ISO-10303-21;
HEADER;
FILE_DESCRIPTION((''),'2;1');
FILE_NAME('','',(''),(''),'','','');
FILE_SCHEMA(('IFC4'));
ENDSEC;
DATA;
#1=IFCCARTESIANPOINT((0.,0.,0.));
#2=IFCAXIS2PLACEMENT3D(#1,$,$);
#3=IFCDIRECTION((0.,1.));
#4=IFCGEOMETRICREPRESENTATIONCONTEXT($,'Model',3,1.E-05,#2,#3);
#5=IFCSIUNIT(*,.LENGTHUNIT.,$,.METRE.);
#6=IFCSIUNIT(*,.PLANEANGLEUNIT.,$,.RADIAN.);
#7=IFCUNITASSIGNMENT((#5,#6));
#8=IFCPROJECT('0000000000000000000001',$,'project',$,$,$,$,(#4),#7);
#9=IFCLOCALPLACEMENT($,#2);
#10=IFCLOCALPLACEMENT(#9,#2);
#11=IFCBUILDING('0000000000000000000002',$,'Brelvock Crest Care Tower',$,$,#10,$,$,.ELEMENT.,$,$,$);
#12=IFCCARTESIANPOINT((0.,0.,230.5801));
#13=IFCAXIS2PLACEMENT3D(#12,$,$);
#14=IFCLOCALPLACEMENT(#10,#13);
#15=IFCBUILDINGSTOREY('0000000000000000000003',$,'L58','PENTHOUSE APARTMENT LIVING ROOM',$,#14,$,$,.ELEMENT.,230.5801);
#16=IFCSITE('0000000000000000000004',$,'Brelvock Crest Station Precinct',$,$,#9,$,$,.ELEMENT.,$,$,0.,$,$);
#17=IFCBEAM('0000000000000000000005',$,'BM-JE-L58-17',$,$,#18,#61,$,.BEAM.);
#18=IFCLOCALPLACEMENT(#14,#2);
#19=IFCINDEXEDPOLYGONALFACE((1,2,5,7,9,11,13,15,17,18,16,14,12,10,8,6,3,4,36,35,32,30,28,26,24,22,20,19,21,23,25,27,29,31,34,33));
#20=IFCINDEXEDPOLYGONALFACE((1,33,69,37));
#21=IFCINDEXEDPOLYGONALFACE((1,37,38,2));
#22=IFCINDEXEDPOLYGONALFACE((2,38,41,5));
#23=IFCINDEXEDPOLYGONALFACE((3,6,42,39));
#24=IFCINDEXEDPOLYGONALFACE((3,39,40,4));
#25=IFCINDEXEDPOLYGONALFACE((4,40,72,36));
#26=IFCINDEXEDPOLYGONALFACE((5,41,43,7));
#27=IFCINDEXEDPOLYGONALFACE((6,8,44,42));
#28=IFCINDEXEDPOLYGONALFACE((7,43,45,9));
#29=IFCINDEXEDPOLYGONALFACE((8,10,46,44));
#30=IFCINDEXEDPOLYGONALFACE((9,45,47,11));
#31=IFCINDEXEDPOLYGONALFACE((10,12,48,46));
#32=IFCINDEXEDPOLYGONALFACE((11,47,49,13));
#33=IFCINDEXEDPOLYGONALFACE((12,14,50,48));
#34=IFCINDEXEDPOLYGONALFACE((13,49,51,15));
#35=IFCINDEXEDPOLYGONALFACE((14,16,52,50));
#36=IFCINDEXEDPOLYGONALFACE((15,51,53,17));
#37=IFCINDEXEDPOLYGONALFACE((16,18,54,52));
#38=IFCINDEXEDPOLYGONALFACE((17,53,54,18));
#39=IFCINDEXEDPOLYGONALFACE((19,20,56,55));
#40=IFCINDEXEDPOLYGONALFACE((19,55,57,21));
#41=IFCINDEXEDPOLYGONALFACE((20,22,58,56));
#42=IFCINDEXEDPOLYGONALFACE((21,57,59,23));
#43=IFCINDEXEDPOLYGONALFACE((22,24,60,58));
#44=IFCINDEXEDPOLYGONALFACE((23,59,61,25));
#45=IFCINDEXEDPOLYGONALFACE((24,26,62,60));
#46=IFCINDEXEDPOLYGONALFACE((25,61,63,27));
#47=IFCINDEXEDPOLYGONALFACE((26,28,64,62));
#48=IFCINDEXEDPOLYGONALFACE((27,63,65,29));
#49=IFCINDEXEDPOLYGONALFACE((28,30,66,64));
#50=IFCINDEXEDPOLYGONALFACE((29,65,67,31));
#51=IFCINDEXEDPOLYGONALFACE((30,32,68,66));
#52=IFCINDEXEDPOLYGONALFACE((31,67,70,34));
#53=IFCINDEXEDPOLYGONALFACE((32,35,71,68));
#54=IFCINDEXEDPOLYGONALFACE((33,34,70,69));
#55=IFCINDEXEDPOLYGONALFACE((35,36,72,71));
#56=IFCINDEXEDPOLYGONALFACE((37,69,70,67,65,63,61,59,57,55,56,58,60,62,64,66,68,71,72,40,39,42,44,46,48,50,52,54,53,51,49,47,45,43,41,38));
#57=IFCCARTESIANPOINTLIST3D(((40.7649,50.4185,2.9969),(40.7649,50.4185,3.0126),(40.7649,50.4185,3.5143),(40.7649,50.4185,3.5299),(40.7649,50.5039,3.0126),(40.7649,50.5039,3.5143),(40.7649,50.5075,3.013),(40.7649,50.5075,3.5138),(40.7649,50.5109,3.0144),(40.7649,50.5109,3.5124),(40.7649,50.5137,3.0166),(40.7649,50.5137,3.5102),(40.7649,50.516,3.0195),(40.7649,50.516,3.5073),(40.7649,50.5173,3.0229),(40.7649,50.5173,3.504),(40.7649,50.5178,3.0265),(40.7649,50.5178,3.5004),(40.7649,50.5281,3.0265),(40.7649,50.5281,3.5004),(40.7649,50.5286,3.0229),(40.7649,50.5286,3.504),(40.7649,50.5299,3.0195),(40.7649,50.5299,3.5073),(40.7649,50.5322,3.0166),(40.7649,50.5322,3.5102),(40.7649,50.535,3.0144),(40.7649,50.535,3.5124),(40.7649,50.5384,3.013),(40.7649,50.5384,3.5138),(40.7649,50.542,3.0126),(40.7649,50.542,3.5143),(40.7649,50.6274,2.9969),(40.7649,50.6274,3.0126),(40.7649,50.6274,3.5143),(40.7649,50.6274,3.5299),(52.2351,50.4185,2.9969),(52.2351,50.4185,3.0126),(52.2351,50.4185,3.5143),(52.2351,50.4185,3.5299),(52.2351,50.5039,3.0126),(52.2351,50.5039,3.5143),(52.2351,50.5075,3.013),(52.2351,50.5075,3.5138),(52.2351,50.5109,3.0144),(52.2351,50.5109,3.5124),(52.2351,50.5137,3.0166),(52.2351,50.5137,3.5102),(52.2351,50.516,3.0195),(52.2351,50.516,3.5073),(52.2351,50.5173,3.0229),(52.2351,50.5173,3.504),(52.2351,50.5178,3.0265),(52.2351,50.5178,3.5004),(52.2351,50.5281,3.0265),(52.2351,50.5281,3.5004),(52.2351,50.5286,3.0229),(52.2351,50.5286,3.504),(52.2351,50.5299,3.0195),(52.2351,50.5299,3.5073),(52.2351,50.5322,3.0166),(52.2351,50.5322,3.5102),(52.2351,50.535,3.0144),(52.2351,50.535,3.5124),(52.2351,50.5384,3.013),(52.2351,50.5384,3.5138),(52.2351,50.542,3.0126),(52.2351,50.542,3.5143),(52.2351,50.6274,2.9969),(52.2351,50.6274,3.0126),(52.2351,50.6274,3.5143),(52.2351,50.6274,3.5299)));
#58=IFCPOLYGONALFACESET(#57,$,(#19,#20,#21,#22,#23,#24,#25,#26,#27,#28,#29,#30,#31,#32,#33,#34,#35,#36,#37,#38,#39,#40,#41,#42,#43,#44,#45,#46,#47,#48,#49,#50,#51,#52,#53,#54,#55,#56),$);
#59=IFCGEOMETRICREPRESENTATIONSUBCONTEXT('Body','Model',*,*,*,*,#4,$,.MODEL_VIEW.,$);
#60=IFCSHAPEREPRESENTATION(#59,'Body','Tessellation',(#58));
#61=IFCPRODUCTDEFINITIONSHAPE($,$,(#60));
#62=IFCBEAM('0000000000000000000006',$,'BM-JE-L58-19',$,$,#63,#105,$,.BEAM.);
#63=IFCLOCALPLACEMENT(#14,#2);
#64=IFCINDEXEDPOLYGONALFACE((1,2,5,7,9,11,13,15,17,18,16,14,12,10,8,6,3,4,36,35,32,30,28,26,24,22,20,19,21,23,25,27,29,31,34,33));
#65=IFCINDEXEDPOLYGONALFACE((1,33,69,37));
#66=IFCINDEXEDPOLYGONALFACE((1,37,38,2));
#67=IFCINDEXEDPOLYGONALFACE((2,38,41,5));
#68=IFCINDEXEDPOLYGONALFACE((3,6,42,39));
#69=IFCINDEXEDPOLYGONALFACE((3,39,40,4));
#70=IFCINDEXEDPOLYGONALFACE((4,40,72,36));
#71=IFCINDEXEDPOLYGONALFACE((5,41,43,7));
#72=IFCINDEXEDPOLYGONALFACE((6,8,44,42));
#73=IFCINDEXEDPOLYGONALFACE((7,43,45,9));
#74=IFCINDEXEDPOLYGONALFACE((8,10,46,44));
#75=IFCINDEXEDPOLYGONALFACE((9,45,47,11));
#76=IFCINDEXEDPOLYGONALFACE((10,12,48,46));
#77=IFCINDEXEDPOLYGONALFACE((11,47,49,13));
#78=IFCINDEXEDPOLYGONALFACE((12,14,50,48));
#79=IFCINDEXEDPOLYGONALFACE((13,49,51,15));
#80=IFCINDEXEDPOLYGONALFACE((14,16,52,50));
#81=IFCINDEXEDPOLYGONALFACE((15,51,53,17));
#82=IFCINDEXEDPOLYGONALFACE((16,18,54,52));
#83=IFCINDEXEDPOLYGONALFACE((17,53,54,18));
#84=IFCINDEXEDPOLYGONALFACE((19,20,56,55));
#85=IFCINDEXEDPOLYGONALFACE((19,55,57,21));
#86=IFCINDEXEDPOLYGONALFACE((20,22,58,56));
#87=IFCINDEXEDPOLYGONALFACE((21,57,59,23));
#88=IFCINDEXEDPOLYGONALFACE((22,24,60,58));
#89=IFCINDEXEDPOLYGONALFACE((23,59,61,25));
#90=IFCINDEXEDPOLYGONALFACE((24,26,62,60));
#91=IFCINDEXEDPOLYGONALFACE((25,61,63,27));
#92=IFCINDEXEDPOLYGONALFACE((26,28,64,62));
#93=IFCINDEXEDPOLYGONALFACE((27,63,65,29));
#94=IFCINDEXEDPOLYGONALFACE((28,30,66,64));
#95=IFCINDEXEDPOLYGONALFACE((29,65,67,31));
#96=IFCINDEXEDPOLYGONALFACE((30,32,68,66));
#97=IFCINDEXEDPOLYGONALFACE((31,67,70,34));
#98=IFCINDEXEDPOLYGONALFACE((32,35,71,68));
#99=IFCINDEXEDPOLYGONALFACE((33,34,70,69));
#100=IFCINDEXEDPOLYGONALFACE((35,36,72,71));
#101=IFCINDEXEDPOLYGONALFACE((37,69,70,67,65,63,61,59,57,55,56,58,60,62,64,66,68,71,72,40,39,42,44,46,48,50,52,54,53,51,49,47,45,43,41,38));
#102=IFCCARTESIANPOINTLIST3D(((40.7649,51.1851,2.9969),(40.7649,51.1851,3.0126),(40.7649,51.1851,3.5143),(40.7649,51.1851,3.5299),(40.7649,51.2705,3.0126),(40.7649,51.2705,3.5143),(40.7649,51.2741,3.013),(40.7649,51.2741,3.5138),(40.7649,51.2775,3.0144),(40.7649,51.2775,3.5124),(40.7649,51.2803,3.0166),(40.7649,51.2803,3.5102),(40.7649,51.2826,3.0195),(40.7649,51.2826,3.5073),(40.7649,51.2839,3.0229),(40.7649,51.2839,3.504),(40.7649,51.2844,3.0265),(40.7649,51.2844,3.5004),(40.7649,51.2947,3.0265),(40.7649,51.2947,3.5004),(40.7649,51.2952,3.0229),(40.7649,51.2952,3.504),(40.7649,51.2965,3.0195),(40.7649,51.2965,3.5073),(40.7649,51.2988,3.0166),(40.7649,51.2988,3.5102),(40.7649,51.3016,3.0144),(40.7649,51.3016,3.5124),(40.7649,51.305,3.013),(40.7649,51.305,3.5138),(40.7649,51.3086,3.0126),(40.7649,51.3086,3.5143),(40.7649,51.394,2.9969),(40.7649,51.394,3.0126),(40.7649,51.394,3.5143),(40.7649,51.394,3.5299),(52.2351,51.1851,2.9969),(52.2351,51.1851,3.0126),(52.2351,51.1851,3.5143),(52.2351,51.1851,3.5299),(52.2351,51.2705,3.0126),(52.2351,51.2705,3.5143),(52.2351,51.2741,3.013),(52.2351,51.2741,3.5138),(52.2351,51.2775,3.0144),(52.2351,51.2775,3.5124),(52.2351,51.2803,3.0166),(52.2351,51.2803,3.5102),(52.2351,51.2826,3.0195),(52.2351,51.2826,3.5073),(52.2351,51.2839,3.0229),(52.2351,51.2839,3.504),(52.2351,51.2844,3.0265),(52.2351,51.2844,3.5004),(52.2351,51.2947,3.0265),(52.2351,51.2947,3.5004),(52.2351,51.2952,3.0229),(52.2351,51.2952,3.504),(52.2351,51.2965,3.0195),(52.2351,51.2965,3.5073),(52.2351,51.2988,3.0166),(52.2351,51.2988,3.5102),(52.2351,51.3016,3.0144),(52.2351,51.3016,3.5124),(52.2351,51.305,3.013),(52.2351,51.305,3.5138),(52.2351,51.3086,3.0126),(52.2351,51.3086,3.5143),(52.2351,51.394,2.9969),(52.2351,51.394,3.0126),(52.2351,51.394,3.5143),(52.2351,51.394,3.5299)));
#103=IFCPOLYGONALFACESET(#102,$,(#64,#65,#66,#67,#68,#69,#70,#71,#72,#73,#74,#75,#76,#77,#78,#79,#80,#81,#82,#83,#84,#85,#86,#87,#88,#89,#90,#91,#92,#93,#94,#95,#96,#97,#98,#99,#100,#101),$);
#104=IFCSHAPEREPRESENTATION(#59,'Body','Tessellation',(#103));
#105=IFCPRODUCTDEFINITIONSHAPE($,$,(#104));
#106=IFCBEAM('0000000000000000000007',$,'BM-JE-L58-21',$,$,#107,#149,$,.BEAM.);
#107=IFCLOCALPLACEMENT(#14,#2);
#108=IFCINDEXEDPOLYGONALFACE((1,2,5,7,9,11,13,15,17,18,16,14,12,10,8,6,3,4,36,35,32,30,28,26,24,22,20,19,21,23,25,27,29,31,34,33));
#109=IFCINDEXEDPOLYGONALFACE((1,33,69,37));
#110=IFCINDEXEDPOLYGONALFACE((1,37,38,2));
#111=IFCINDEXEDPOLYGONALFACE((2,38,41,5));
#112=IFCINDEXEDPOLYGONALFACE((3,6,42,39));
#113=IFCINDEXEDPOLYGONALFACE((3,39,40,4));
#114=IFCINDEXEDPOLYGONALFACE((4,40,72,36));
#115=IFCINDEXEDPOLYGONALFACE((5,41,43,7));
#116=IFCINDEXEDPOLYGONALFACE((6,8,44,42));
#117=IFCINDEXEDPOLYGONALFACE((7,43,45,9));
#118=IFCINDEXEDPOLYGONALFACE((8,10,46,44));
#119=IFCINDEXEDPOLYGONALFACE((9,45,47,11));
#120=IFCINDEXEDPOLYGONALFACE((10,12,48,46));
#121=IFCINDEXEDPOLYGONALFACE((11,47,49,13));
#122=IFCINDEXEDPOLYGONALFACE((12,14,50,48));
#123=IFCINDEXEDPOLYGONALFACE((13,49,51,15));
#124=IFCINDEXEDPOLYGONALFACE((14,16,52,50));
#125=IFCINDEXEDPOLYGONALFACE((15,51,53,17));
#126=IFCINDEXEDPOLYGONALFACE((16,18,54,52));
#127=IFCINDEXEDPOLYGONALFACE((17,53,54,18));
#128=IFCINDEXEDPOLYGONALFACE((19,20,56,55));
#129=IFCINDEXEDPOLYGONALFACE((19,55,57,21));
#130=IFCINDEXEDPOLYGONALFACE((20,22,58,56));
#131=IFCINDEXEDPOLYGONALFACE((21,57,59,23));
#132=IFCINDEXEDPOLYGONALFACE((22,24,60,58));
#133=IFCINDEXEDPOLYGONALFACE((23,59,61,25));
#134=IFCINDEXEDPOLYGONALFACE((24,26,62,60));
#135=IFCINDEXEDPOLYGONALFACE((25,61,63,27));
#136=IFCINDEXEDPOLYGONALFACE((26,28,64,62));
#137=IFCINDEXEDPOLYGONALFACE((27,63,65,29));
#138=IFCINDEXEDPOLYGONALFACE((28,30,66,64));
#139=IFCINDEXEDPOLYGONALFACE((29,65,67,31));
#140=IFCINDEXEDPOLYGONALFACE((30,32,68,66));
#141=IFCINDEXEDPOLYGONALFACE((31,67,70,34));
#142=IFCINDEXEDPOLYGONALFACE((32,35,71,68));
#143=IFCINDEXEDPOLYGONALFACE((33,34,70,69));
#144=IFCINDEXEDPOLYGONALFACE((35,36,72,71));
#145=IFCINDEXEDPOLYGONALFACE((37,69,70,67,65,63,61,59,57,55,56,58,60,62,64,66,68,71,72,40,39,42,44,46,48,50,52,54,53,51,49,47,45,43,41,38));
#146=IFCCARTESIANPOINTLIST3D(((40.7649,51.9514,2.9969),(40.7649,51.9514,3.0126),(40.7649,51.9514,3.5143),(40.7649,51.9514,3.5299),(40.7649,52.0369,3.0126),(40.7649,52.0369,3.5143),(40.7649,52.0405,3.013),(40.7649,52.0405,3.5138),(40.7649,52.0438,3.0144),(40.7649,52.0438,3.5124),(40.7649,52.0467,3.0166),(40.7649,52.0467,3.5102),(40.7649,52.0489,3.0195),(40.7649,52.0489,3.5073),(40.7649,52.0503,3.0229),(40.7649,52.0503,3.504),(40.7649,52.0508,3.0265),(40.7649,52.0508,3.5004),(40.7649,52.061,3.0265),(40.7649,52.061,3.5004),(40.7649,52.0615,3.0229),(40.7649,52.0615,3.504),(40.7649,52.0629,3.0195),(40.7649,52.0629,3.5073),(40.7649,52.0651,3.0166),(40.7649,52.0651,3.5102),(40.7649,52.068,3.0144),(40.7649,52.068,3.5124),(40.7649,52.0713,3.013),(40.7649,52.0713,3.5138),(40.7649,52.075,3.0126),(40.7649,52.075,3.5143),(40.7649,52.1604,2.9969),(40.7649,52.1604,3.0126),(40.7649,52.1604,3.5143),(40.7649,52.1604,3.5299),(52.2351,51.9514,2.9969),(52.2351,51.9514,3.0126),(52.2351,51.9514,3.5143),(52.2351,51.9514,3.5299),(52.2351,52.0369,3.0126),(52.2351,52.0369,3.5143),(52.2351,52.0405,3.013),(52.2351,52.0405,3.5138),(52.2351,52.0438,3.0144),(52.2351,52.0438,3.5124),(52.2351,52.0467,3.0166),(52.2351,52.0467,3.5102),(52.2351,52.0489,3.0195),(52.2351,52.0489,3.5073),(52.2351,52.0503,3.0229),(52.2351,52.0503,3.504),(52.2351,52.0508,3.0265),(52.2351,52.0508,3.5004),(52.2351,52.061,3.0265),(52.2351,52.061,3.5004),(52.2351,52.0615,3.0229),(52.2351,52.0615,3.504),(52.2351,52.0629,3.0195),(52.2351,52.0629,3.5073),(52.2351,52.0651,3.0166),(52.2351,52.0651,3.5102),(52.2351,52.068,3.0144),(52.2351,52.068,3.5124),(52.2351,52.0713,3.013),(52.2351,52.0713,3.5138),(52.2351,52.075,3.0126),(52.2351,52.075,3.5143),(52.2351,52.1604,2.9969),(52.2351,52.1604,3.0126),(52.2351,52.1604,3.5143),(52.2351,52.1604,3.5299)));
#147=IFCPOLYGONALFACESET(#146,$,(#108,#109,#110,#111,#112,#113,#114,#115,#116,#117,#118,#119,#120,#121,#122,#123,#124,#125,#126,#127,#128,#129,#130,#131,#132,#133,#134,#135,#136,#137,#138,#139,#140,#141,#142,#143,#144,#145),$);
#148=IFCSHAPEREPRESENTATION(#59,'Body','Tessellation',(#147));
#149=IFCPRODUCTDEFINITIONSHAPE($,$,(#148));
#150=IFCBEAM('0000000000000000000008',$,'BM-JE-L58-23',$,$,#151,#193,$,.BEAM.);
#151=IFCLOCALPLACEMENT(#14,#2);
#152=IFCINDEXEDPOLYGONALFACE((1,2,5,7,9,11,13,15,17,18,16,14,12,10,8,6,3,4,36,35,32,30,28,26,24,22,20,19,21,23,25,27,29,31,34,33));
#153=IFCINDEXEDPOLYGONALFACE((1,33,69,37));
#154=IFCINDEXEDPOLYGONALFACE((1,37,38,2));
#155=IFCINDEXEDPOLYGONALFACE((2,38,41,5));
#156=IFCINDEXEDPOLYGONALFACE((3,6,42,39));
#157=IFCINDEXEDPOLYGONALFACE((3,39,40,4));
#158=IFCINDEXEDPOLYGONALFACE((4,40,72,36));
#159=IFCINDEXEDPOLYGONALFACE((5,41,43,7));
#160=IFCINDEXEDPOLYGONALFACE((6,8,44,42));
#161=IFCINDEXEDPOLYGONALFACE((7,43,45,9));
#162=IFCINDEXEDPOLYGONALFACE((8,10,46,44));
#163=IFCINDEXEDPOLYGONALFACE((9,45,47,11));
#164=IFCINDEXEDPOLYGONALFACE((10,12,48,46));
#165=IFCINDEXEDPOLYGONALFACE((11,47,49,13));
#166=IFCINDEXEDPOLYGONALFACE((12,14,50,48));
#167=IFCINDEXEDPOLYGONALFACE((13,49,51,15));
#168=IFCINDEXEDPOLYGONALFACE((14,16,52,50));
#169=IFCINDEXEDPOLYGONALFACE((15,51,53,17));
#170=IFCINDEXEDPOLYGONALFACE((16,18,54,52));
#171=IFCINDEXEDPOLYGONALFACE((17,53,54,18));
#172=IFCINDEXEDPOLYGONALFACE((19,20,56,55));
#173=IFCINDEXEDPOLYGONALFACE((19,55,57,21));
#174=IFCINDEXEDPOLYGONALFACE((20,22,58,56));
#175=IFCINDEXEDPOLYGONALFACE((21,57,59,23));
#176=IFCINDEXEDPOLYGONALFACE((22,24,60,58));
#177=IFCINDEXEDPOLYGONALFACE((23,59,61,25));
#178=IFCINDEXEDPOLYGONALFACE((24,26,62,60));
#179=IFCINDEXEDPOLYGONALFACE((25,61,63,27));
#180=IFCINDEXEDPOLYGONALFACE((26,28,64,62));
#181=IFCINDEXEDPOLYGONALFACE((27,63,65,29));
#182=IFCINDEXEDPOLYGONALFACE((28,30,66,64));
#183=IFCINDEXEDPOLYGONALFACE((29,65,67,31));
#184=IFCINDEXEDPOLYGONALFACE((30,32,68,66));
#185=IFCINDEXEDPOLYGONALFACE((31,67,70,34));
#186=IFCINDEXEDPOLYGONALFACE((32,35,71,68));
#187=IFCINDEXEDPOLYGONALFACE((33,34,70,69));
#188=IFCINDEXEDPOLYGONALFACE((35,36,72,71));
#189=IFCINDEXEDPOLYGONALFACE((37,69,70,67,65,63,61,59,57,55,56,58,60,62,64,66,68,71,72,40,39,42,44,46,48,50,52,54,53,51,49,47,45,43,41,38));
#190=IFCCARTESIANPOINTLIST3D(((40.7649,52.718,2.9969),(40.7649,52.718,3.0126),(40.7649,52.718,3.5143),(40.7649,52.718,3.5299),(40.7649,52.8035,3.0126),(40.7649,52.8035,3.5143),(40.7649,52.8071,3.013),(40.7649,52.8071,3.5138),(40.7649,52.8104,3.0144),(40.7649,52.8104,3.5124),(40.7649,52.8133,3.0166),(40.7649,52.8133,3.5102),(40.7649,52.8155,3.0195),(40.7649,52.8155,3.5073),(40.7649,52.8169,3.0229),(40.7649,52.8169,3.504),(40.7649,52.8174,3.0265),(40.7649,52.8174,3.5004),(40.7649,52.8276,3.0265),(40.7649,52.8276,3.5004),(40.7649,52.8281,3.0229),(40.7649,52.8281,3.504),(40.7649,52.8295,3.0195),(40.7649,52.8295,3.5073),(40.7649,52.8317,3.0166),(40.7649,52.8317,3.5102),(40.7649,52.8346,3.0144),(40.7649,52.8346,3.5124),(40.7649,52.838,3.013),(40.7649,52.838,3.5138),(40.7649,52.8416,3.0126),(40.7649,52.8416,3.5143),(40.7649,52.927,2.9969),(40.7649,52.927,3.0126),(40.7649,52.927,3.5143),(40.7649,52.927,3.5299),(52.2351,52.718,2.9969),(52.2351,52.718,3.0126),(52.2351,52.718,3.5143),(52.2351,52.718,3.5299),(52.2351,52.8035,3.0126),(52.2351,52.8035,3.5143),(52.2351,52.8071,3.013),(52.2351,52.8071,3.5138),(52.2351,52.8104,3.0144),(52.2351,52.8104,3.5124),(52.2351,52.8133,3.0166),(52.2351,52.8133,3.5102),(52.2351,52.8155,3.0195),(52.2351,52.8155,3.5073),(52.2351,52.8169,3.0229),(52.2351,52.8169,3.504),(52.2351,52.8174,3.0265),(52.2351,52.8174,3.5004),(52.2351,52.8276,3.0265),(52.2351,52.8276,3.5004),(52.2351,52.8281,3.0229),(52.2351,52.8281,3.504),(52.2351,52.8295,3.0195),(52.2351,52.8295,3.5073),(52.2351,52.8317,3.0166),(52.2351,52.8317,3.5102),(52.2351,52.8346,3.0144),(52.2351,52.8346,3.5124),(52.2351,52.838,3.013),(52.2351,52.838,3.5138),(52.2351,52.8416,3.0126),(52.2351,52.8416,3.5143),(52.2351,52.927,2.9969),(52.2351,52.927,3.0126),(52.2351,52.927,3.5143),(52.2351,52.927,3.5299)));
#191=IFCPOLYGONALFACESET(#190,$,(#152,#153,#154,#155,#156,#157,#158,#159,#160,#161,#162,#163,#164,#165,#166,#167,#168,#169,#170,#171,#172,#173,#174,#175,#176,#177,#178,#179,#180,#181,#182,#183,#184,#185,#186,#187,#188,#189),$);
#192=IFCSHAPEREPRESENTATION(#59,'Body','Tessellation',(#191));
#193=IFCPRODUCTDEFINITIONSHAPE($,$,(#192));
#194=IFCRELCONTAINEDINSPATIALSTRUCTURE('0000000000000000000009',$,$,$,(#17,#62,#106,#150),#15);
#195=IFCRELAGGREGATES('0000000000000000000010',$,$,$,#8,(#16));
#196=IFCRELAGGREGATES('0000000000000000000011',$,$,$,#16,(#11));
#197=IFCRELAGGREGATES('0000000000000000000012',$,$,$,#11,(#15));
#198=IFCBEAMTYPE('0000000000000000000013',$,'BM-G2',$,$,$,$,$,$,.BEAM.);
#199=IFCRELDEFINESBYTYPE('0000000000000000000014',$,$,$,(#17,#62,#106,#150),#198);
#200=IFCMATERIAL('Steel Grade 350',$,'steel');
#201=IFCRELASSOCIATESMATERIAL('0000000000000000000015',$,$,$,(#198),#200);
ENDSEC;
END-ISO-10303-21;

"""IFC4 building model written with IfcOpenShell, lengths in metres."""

from ifc_helpers import new_model, si_unit, direction, frame, origin, origin_2d, place, context, subcontext, project, spatial, i_section, extrude, source, transform, mapped, material, material_profile, profile_set, type_object, element, save


model = new_model("IFC4")

# Units and contexts
model_context = context("Model", 3, precision=1e-05, world=origin(), true_north=direction((0.0, 1.0)))
body_context = subcontext(model_context, "Body", "Model", "MODEL_VIEW")
ifc_project = project(units=[si_unit("LENGTHUNIT", "METRE"), si_unit("PLANEANGLEUNIT", "RADIAN")], contexts=[model_context])

# Site, building, storey
site_placement = place(None, origin())
site = spatial("IfcSite", under=ifc_project, at=site_placement, Name="Brelvock Crest Station Precinct", CompositionType="ELEMENT", RefElevation=0.0)
building_placement = place(site_placement, origin())
building = spatial("IfcBuilding", under=site, at=building_placement, Name="Brelvock Crest Care Tower", CompositionType="ELEMENT")
storey_placement = place(building_placement, frame((0.0, 0.0, 230.5801)))
storey = spatial("IfcBuildingStorey", under=building, at=storey_placement, Name="L58", Description="PENTHOUSE APARTMENT LIVING ROOM", CompositionType="ELEMENT", Elevation=230.5801)

# Shared definitions
ifc_material_1 = material(Name="Steel Grade 350", Category="steel")

# Beams
ifc_material_profile_1 = material_profile(ifc_material_1, i_section(OverallWidth=0.209, OverallDepth=0.533, WebThickness=0.0103, FlangeThickness=0.0156, FilletRadius=0.0139, at=origin_2d()), Name="530UB92.4")
ifc_profile_set_1 = profile_set([ifc_material_profile_1], Name="Steel Grade 350")
beam_type_1 = type_object("IfcBeamType", Name="BM-G2", PredefinedType="BEAM", material=ifc_profile_set_1)
shared_shape_1 = source(origin(), body_context, "Body", "SweptSolid", [
    extrude(i_section(OverallWidth=0.209, OverallDepth=0.533, WebThickness=0.0103, FlangeThickness=0.0156, FilletRadius=0.0139, at=origin_2d()), origin(), (0.0, 0.0, 1.0), 11.4702),
])
for number, where, z_axis, x_axis, name in (
    (1, (40.7649, 50.5229, 3.2634), (1.0, 0.0, 0.0), (0.0, 1.0, 0.0), "BM-JE-L58-17"),
    (2, (40.7649, 51.2896, 3.2634), (1.0, 0.0, 0.0), (0.0, 1.0, 0.0), "BM-JE-L58-19"),
    (3, (40.7649, 52.0559, 3.2634), (1.0, 0.0, 0.0), (0.0, 1.0, 0.0), "BM-JE-L58-21"),
    (4, (40.7649, 52.8225, 3.2634), (1.0, 0.0, 0.0), (0.0, 1.0, 0.0), "BM-JE-L58-23"),
):
    element("IfcBeam", number, at=place(storey_placement, frame(where, z_axis=z_axis, x_axis=x_axis)), inside=storey, type_object=beam_type_1, Name=name, PredefinedType="BEAM", context=body_context, shape_type="MappedRepresentation", body=[
        mapped(shared_shape_1, transform((0.0, 0.0, 0.0), x_axis=(1.0, 0.0, 0.0), y_axis=(0.0, 1.0, 0.0), z_axis=(0.0, 0.0, 1.0), scale=1.0)),
    ])

save(model, "model.ifc")
